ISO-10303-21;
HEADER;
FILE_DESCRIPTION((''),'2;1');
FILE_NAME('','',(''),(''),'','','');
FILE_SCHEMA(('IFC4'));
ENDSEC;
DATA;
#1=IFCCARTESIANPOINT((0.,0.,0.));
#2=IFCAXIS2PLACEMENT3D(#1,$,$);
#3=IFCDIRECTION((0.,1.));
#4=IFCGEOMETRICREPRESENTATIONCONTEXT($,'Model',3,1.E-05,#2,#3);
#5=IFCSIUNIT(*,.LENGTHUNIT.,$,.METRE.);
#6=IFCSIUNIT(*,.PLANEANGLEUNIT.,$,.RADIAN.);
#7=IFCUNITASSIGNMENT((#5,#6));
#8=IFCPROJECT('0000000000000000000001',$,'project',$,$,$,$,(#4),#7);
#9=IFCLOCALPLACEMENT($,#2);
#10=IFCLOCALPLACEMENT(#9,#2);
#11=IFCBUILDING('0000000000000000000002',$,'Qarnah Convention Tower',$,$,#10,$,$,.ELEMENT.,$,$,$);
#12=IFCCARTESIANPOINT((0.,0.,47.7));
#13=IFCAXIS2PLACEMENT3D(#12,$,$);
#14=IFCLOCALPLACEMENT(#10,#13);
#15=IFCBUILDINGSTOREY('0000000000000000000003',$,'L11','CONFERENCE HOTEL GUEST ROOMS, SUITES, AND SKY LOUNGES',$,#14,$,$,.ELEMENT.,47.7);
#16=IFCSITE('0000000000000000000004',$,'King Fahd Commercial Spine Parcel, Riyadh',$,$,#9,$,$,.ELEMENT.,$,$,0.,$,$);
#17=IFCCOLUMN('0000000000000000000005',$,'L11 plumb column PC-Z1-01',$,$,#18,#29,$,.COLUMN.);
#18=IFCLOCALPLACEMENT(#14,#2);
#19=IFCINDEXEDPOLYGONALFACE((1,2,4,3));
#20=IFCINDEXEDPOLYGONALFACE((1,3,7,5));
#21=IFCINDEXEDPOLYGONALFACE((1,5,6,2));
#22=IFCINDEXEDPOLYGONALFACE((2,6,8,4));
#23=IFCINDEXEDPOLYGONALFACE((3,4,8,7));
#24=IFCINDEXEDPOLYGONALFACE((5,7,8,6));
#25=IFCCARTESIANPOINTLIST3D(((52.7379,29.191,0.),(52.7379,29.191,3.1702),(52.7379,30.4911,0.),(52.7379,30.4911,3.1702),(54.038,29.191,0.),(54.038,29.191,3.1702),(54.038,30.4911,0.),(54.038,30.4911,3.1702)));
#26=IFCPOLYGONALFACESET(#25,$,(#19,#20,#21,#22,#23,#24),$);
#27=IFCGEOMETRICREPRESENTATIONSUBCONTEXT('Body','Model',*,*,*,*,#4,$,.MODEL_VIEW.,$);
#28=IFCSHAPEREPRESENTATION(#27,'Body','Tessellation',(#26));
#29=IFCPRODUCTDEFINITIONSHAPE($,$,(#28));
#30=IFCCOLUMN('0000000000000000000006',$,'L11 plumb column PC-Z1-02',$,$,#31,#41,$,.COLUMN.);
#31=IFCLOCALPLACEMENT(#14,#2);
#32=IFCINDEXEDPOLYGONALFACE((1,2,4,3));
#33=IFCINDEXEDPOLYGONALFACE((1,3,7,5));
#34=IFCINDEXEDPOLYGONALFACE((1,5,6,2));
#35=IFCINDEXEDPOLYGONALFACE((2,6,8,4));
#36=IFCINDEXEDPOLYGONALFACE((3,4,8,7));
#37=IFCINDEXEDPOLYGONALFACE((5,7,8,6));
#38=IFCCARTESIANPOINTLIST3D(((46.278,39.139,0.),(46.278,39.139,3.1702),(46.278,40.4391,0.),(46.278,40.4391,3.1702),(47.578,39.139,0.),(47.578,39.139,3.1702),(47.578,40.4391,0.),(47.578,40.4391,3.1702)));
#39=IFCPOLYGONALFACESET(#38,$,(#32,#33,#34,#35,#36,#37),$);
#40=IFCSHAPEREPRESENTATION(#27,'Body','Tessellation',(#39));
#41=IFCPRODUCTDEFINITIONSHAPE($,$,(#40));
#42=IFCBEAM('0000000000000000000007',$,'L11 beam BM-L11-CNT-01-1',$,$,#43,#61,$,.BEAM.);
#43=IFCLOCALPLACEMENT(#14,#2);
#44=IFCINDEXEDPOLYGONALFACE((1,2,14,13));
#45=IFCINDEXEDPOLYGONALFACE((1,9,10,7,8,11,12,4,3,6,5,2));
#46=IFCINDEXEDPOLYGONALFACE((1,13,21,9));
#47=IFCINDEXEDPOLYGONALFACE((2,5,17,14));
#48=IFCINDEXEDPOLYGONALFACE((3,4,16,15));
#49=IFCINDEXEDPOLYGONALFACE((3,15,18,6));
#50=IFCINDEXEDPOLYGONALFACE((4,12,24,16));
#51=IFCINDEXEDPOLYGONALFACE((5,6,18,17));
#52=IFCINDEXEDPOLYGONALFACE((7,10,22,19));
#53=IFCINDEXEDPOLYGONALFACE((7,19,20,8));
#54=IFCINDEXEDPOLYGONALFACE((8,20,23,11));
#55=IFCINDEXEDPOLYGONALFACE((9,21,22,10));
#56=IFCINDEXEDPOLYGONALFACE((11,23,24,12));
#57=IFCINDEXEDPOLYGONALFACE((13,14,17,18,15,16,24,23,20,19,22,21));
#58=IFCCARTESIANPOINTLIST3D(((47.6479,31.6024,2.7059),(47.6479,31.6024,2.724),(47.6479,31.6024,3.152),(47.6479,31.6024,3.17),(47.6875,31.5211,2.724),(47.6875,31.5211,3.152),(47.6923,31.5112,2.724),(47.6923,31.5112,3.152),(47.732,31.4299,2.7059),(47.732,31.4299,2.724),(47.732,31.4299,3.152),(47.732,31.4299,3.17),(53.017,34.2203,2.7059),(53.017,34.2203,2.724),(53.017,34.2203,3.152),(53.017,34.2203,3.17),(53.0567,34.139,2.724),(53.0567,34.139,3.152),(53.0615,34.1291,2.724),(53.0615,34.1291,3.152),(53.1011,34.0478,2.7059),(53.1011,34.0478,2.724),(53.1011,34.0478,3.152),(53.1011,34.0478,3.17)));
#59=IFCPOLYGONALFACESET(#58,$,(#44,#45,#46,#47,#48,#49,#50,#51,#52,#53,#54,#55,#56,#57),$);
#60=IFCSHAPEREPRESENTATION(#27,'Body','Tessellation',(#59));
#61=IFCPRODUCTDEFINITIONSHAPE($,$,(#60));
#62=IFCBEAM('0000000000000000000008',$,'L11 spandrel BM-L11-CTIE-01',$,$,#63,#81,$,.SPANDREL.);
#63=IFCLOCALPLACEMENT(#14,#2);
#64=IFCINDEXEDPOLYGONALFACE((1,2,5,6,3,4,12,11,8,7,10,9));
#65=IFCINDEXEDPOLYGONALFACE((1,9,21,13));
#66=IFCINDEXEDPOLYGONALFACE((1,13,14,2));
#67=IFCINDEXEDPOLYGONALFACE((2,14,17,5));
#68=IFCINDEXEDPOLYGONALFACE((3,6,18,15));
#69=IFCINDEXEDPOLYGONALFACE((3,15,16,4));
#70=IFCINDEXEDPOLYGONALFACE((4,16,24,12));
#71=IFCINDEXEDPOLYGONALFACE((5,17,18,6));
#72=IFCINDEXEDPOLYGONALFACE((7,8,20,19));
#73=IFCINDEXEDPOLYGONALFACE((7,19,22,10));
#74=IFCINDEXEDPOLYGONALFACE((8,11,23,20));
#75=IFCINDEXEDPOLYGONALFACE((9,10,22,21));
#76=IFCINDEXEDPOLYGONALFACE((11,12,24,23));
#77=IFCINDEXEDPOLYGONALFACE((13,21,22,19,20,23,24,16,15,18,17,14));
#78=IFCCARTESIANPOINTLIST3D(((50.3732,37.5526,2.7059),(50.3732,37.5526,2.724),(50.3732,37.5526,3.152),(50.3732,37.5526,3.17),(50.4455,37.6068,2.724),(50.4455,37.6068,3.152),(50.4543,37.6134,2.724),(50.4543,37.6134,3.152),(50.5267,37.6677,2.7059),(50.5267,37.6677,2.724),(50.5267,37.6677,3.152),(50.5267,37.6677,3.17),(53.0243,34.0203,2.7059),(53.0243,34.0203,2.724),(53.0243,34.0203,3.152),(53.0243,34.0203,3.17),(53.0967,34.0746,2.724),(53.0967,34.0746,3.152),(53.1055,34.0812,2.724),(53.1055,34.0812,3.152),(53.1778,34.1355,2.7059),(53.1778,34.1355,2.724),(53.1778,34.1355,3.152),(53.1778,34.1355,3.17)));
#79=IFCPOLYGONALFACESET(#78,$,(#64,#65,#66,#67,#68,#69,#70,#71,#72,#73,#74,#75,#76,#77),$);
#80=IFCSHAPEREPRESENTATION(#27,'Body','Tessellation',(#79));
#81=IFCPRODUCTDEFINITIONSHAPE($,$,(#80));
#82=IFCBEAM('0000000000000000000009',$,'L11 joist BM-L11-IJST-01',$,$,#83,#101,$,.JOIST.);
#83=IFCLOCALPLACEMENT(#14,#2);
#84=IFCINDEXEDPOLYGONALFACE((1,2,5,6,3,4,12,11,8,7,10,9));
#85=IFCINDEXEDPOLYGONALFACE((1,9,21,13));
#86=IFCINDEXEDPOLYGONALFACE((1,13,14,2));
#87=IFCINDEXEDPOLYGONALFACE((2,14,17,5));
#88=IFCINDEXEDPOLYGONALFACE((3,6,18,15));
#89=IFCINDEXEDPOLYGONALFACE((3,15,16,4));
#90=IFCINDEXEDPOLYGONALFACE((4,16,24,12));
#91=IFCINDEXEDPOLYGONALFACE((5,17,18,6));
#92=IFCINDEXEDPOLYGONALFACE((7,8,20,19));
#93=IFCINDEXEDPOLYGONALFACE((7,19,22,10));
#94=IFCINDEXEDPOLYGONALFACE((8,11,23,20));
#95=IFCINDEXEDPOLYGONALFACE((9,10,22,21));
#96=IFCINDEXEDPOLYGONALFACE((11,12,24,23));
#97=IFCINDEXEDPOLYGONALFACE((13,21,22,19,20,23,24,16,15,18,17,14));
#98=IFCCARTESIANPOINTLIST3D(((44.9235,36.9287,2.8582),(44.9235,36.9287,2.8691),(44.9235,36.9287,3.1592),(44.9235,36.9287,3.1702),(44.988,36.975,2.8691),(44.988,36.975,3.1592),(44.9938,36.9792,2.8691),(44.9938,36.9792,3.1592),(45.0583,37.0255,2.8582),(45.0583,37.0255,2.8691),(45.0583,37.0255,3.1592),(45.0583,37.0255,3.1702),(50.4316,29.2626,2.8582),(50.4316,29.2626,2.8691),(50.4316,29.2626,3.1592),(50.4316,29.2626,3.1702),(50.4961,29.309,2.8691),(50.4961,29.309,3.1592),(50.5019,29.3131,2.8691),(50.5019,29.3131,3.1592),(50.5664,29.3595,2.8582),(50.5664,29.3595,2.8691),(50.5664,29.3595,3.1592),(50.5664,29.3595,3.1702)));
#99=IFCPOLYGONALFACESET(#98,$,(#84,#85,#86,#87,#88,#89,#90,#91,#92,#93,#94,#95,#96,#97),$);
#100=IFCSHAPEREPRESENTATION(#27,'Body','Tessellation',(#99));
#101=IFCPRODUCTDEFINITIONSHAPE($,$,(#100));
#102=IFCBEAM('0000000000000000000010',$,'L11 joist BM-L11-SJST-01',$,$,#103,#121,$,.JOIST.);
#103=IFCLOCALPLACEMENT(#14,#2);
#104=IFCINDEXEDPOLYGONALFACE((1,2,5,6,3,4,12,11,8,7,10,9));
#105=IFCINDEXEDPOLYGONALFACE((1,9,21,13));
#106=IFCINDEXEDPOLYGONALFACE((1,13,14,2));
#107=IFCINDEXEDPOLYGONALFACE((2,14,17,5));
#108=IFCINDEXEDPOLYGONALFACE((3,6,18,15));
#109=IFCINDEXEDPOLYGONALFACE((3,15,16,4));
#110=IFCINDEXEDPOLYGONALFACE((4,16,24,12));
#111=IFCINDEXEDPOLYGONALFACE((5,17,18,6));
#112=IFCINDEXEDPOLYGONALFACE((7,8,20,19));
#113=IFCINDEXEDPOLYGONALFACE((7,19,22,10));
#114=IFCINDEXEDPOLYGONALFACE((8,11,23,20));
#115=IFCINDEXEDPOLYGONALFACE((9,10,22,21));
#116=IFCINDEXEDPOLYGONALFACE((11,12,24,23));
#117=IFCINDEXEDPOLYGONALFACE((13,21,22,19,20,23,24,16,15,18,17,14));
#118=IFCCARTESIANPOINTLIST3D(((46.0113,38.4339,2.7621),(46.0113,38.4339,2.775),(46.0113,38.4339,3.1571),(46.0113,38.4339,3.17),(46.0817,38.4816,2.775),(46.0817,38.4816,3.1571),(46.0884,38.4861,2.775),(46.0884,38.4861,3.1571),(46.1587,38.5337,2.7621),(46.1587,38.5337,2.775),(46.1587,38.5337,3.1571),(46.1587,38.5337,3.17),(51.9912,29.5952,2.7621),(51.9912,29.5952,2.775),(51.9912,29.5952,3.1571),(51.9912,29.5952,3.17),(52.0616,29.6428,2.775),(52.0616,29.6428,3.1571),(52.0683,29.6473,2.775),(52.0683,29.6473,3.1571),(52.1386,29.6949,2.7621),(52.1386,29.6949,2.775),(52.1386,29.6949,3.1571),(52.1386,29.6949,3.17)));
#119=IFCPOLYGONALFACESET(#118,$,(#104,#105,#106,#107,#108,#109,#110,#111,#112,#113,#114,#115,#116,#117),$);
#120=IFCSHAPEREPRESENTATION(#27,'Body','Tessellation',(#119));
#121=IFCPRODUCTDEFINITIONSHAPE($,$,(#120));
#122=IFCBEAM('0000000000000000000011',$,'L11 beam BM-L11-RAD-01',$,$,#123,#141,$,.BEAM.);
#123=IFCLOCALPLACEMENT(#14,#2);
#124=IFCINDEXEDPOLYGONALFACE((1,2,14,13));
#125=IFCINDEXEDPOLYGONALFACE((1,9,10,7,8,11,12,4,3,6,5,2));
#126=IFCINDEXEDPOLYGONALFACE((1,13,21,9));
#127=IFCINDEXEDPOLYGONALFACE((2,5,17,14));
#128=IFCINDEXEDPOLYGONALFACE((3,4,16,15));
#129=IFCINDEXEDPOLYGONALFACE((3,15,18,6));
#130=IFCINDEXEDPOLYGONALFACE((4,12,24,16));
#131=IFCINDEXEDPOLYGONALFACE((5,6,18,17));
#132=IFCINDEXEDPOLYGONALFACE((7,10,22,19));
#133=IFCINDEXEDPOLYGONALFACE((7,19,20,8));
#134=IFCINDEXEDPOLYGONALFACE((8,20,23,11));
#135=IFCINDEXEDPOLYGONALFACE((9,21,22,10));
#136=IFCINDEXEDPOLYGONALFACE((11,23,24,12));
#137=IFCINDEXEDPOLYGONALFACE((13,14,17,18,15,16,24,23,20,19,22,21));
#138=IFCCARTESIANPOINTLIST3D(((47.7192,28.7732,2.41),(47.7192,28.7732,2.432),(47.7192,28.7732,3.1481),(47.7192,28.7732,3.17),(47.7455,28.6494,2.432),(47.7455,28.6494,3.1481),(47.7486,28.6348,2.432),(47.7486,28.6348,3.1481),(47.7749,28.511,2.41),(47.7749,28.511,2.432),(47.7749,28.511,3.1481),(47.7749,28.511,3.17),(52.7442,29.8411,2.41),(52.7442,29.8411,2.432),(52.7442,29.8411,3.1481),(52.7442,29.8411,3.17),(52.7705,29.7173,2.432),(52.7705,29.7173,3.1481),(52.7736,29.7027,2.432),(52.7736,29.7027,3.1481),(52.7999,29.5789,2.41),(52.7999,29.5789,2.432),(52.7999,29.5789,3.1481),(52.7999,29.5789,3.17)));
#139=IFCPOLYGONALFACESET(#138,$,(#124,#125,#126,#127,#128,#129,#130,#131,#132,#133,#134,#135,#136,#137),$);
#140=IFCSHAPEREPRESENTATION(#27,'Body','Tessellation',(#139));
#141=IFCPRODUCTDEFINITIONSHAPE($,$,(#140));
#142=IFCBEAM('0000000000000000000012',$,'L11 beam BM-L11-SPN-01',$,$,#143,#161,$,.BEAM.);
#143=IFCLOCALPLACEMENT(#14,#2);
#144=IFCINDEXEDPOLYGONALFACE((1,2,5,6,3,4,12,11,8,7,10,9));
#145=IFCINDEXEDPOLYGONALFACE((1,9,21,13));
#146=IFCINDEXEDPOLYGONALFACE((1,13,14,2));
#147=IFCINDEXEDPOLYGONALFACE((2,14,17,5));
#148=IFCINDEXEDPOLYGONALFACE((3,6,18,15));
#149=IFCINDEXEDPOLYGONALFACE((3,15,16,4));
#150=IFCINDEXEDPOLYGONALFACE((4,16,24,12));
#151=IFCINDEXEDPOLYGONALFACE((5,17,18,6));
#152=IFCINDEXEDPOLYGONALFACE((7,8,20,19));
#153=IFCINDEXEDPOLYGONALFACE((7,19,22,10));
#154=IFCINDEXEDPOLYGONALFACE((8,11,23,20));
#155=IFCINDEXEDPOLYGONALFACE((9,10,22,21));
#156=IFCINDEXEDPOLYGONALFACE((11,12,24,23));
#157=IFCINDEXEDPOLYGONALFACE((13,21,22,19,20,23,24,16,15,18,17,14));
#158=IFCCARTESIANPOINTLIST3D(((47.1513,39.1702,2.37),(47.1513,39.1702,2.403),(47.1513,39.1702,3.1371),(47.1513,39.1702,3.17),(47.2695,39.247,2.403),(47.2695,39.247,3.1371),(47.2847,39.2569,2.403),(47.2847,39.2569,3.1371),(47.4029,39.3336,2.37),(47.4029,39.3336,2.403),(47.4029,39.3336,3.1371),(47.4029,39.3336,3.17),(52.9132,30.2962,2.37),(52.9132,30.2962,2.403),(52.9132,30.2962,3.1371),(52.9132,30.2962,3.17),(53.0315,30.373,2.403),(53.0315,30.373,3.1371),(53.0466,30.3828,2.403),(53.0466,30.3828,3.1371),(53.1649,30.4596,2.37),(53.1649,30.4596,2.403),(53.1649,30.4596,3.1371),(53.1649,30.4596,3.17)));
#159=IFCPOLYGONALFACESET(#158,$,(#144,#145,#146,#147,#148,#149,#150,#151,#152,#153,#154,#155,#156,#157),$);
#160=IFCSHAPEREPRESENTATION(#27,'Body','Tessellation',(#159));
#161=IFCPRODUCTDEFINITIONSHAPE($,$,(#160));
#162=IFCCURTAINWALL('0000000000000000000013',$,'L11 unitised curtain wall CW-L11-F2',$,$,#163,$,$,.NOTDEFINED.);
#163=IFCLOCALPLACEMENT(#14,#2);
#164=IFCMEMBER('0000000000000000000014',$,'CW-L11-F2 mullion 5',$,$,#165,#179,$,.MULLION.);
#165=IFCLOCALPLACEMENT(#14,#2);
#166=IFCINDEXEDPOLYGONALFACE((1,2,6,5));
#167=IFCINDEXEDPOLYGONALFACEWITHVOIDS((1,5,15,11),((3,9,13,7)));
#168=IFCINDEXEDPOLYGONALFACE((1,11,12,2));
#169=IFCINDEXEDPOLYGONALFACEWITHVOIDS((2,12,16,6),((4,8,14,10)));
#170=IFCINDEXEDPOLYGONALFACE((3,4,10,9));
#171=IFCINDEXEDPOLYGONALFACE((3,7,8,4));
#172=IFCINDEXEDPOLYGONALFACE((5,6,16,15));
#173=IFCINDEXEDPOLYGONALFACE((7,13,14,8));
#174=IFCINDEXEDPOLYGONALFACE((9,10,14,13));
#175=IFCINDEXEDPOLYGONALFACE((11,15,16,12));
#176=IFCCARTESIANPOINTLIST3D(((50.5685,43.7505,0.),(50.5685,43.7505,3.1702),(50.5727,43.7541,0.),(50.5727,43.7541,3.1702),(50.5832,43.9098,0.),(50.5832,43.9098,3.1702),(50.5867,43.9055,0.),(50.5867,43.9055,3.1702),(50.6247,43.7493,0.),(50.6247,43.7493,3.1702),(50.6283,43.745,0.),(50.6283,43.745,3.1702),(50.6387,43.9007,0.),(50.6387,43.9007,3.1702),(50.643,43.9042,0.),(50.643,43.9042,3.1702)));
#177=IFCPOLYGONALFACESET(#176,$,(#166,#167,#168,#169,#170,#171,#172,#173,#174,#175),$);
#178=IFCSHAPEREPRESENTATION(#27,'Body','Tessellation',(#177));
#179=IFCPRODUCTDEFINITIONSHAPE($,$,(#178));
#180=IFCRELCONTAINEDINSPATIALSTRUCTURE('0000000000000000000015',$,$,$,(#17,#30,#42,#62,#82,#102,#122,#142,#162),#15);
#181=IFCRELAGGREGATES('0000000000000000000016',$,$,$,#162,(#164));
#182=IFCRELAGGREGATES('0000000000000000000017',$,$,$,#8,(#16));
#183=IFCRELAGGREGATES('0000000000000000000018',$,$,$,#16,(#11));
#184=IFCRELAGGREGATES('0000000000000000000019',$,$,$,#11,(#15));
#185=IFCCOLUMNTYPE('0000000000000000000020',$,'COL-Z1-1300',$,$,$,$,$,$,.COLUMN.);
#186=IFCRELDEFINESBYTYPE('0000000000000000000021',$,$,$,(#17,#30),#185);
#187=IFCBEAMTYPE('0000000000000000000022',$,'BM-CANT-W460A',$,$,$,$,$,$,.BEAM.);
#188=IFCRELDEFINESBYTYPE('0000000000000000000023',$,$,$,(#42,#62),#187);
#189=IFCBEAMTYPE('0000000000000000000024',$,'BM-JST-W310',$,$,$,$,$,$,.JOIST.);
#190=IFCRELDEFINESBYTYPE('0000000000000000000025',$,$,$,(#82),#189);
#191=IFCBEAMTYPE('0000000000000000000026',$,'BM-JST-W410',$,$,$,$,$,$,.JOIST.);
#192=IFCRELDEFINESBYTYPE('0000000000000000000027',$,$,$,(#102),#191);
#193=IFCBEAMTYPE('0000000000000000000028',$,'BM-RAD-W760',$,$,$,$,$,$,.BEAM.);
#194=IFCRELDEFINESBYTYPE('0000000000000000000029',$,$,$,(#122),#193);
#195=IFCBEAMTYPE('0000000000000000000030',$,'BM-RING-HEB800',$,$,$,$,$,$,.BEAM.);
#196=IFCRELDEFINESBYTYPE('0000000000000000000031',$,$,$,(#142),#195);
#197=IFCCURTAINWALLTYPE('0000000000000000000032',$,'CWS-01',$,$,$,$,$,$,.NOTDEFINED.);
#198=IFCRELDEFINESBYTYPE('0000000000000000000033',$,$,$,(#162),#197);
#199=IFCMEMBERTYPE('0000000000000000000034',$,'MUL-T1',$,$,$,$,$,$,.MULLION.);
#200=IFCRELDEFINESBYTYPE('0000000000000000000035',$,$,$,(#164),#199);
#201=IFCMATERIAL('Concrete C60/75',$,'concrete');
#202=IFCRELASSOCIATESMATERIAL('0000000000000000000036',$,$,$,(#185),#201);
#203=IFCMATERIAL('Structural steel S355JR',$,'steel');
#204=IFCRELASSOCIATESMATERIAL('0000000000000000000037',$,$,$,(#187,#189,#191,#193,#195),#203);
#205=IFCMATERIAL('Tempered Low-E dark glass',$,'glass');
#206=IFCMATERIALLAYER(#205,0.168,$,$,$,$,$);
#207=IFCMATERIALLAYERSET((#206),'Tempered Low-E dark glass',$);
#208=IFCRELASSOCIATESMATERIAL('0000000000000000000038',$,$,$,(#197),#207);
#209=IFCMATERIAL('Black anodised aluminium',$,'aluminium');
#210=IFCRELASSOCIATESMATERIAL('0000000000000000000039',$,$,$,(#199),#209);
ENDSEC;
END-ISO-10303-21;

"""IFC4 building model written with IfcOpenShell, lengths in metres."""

from ifc_helpers import new_model, si_unit, direction, frame, origin, origin_2d, place, context, subcontext, project, spatial, rectangle, hollow_rectangle, i_section, extrude, material, layer, layer_set, material_profile, profile_set, type_object, element, aggregate, save


model = new_model("IFC4")

# Units and contexts
model_context = context("Model", 3, precision=1e-05, world=origin(), true_north=direction((0.0, 1.0)))
body_context = subcontext(model_context, "Body", "Model", "MODEL_VIEW")
ifc_project = project(units=[si_unit("LENGTHUNIT", "METRE"), si_unit("PLANEANGLEUNIT", "RADIAN")], contexts=[model_context])

# Site, building, storey
site_placement = place(None, origin())
site = spatial("IfcSite", under=ifc_project, at=site_placement, Name="King Fahd Commercial Spine Parcel, Riyadh", CompositionType="ELEMENT", RefElevation=0.0)
building_placement = place(site_placement, origin())
building = spatial("IfcBuilding", under=site, at=building_placement, Name="Qarnah Convention Tower", CompositionType="ELEMENT")
storey_placement = place(building_placement, frame((0.0, 0.0, 47.7)))
storey = spatial("IfcBuildingStorey", under=building, at=storey_placement, Name="L11", Description="CONFERENCE HOTEL GUEST ROOMS, SUITES, AND SKY LOUNGES", CompositionType="ELEMENT", Elevation=47.7)

# Columns
ifc_material_1 = material(Name="Concrete C60/75", Category="concrete")
ifc_material_profile_1 = material_profile(ifc_material_1, rectangle(XDim=1.3, YDim=1.3, at=origin_2d()), Name="RC-COL-1300X1300")
ifc_profile_set_1 = profile_set([ifc_material_profile_1], Name="Concrete C60/75")
column_type = type_object("IfcColumnType", Name="COL-Z1-1300", PredefinedType="COLUMN", material=ifc_profile_set_1)
for number, where, z_axis, x_axis, name in (
    (1, (53.3879, 29.8411, 0.0), (0.0, 0.0, 1.0), (1.0, 0.0, 0.0), "L11 plumb column PC-Z1-01"),
    (2, (46.928, 39.7891, 0.0), (0.0, 0.0, 1.0), (1.0, 0.0, 0.0), "L11 plumb column PC-Z1-02"),
):
    element("IfcColumn", number, at=place(storey_placement, frame(where, z_axis=z_axis, x_axis=x_axis)), inside=storey, type_object=column_type, Name=name, PredefinedType="COLUMN", context=body_context, shape_type="SweptSolid", body=[
        extrude(rectangle(XDim=1.3, YDim=1.3, at=origin_2d()), origin(), (0.0, 0.0, 1.0), 3.1702),
    ])

# Beams
ifc_material_2 = material(Name="Structural steel S355JR", Category="steel")
ifc_material_profile_2 = material_profile(ifc_material_2, i_section(OverallWidth=0.1919, OverallDepth=0.4641, WebThickness=0.011, FlangeThickness=0.0181, at=origin_2d()), Name="W460X89")
ifc_profile_set_2 = profile_set([ifc_material_profile_2], Name="Structural steel S355JR")
beam_type_1 = type_object("IfcBeamType", Name="BM-CANT-W460A", PredefinedType="BEAM", material=ifc_profile_set_2)
beam_1_placement = place(storey_placement, frame((47.6899, 31.5161, 2.938), z_axis=(0.898846, 0.438265, 0.0), x_axis=(-0.438265, 0.898846, 0.0)))
element("IfcBeam", 3, at=beam_1_placement, inside=storey, type_object=beam_type_1, Name="L11 beam BM-L11-CNT-01-1", PredefinedType="BEAM", context=body_context, shape_type="SweptSolid", body=[
    extrude(i_section(OverallWidth=0.1919, OverallDepth=0.4641, WebThickness=0.011, FlangeThickness=0.0181, at=origin_2d()), origin(), (0.0, 0.0, 1.0), 5.9734),
])
beam_2_placement = place(storey_placement, frame((53.1011, 34.0779, 2.938), z_axis=(-0.600283, 0.799788, 0.0), x_axis=(-0.799788, -0.600283, 0.0)))
element("IfcBeam", 4, at=beam_2_placement, inside=storey, type_object=beam_type_1, Name="L11 spandrel BM-L11-CTIE-01", PredefinedType="SPANDREL", context=body_context, shape_type="SweptSolid", body=[
    extrude(i_section(OverallWidth=0.1919, OverallDepth=0.4641, WebThickness=0.011, FlangeThickness=0.0181, at=origin_2d()), origin(), (0.0, 0.0, 1.0), 4.4165),
])
ifc_material_profile_3 = material_profile(ifc_material_2, i_section(OverallWidth=0.166, OverallDepth=0.312, WebThickness=0.0071, FlangeThickness=0.011, at=origin_2d()), Name="W310X45")
ifc_profile_set_3 = profile_set([ifc_material_profile_3], Name="Structural steel S355JR")
beam_type_2 = type_object("IfcBeamType", Name="BM-JST-W310", PredefinedType="JOIST", material=ifc_profile_set_3)
beam_3_placement = place(storey_placement, frame((50.499, 29.311, 3.0142), z_axis=(-0.583504, 0.81211, 0.0), x_axis=(-0.81211, -0.583504, 0.0)))
element("IfcBeam", 5, at=beam_3_placement, inside=storey, type_object=beam_type_2, Name="L11 joist BM-L11-IJST-01", PredefinedType="JOIST", context=body_context, shape_type="SweptSolid", body=[
    extrude(i_section(OverallWidth=0.166, OverallDepth=0.312, WebThickness=0.0071, FlangeThickness=0.011, at=origin_2d()), origin(), (0.0, 0.0, 1.0), 9.4397),
])
ifc_material_profile_4 = material_profile(ifc_material_2, i_section(OverallWidth=0.178, OverallDepth=0.408, WebThickness=0.0081, FlangeThickness=0.0129, at=origin_2d()), Name="W410X60")
ifc_profile_set_4 = profile_set([ifc_material_profile_4], Name="Structural steel S355JR")
beam_type_3 = type_object("IfcBeamType", Name="BM-JST-W410", PredefinedType="JOIST", material=ifc_profile_set_4)
beam_4_placement = place(storey_placement, frame((52.0649, 29.645, 2.9661), z_axis=(-0.560357, 0.828251, 0.0), x_axis=(-0.828251, -0.560357, 0.0)))
element("IfcBeam", 6, at=beam_4_placement, inside=storey, type_object=beam_type_3, Name="L11 joist BM-L11-SJST-01", PredefinedType="JOIST", context=body_context, shape_type="SweptSolid", body=[
    extrude(i_section(OverallWidth=0.178, OverallDepth=0.408, WebThickness=0.0081, FlangeThickness=0.0129, at=origin_2d()), origin(), (0.0, 0.0, 1.0), 10.6716),
])
ifc_material_profile_5 = material_profile(ifc_material_2, i_section(OverallWidth=0.2681, OverallDepth=0.76, WebThickness=0.0149, FlangeThickness=0.022, at=origin_2d()), Name="W760X185")
ifc_profile_set_5 = profile_set([ifc_material_profile_5], Name="Structural steel S355JR")
beam_type_4 = type_object("IfcBeamType", Name="BM-RAD-W760", PredefinedType="BEAM", material=ifc_profile_set_5)
beam_5_placement = place(storey_placement, frame((47.7471, 28.6421, 2.79), z_axis=(0.978156, 0.207874, 0.0), x_axis=(-0.207874, 0.978156, 0.0)))
element("IfcBeam", 7, at=beam_5_placement, inside=storey, type_object=beam_type_4, Name="L11 beam BM-L11-RAD-01", PredefinedType="BEAM", context=body_context, shape_type="SweptSolid", body=[
    extrude(i_section(OverallWidth=0.2681, OverallDepth=0.76, WebThickness=0.0149, FlangeThickness=0.022, at=origin_2d()), origin(), (0.0, 0.0, 1.0), 5.1372),
])
ifc_material_profile_6 = material_profile(ifc_material_2, i_section(OverallWidth=0.3, OverallDepth=0.8, WebThickness=0.0181, FlangeThickness=0.033, at=origin_2d()), Name="HEB800")
ifc_profile_set_6 = profile_set([ifc_material_profile_6], Name="Structural steel S355JR")
beam_type_5 = type_object("IfcBeamType", Name="BM-RING-HEB800", PredefinedType="BEAM", material=ifc_profile_set_6)
beam_6_placement = place(storey_placement, frame((53.0391, 30.3779, 2.77), z_axis=(-0.54458, 0.838709, 0.0), x_axis=(-0.838709, -0.54458, 0.0)))
element("IfcBeam", 8, at=beam_6_placement, inside=storey, type_object=beam_type_5, Name="L11 beam BM-L11-SPN-01", PredefinedType="BEAM", context=body_context, shape_type="SweptSolid", body=[
    extrude(i_section(OverallWidth=0.3, OverallDepth=0.8, WebThickness=0.0181, FlangeThickness=0.033, at=origin_2d()), origin(), (0.0, 0.0, 1.0), 10.5806),
])

# Curtain wall, member
ifc_material_3 = material(Name="Tempered Low-E dark glass", Category="glass")
ifc_layer_1 = layer(ifc_material_3, 0.168)
ifc_layer_set_1 = layer_set([ifc_layer_1], Name="Tempered Low-E dark glass")
curtain_wall_type = type_object("IfcCurtainWallType", Name="CWS-01", PredefinedType="NOTDEFINED", material=ifc_layer_set_1)
curtain_wall_1_placement = place(storey_placement, origin())
curtain_wall_1 = element("IfcCurtainWall", 9, at=curtain_wall_1_placement, inside=storey, type_object=curtain_wall_type, Name="L11 unitised curtain wall CW-L11-F2", PredefinedType="NOTDEFINED")
ifc_material_4 = material(Name="Black anodised aluminium", Category="aluminium")
ifc_material_profile_7 = material_profile(ifc_material_4, hollow_rectangle(XDim=0.0601, YDim=0.1599, WallThickness=0.0039, at=origin_2d()), Name="MUL-60X160")
ifc_profile_set_7 = profile_set([ifc_material_profile_7], Name="Black anodised aluminium")
member_type_1 = type_object("IfcMemberType", Name="MUL-T1", PredefinedType="MULLION", material=ifc_profile_set_7)
member_1_placement = place(storey_placement, frame((50.6057, 43.8274, 0.0), z_axis=(0.0, 0.0, 1.0), x_axis=(0.995756, -0.092038, 0.0)))
member_1 = element("IfcMember", 10, at=member_1_placement, type_object=member_type_1, Name="CW-L11-F2 mullion 5", PredefinedType="MULLION", context=body_context, shape_type="SweptSolid", body=[
    extrude(hollow_rectangle(XDim=0.0601, YDim=0.1599, WallThickness=0.0039, at=origin_2d()), origin(), (0.0, 0.0, 1.0), 3.1702),
])

aggregate(curtain_wall_1, [member_1])

save(model, "model.ifc")
